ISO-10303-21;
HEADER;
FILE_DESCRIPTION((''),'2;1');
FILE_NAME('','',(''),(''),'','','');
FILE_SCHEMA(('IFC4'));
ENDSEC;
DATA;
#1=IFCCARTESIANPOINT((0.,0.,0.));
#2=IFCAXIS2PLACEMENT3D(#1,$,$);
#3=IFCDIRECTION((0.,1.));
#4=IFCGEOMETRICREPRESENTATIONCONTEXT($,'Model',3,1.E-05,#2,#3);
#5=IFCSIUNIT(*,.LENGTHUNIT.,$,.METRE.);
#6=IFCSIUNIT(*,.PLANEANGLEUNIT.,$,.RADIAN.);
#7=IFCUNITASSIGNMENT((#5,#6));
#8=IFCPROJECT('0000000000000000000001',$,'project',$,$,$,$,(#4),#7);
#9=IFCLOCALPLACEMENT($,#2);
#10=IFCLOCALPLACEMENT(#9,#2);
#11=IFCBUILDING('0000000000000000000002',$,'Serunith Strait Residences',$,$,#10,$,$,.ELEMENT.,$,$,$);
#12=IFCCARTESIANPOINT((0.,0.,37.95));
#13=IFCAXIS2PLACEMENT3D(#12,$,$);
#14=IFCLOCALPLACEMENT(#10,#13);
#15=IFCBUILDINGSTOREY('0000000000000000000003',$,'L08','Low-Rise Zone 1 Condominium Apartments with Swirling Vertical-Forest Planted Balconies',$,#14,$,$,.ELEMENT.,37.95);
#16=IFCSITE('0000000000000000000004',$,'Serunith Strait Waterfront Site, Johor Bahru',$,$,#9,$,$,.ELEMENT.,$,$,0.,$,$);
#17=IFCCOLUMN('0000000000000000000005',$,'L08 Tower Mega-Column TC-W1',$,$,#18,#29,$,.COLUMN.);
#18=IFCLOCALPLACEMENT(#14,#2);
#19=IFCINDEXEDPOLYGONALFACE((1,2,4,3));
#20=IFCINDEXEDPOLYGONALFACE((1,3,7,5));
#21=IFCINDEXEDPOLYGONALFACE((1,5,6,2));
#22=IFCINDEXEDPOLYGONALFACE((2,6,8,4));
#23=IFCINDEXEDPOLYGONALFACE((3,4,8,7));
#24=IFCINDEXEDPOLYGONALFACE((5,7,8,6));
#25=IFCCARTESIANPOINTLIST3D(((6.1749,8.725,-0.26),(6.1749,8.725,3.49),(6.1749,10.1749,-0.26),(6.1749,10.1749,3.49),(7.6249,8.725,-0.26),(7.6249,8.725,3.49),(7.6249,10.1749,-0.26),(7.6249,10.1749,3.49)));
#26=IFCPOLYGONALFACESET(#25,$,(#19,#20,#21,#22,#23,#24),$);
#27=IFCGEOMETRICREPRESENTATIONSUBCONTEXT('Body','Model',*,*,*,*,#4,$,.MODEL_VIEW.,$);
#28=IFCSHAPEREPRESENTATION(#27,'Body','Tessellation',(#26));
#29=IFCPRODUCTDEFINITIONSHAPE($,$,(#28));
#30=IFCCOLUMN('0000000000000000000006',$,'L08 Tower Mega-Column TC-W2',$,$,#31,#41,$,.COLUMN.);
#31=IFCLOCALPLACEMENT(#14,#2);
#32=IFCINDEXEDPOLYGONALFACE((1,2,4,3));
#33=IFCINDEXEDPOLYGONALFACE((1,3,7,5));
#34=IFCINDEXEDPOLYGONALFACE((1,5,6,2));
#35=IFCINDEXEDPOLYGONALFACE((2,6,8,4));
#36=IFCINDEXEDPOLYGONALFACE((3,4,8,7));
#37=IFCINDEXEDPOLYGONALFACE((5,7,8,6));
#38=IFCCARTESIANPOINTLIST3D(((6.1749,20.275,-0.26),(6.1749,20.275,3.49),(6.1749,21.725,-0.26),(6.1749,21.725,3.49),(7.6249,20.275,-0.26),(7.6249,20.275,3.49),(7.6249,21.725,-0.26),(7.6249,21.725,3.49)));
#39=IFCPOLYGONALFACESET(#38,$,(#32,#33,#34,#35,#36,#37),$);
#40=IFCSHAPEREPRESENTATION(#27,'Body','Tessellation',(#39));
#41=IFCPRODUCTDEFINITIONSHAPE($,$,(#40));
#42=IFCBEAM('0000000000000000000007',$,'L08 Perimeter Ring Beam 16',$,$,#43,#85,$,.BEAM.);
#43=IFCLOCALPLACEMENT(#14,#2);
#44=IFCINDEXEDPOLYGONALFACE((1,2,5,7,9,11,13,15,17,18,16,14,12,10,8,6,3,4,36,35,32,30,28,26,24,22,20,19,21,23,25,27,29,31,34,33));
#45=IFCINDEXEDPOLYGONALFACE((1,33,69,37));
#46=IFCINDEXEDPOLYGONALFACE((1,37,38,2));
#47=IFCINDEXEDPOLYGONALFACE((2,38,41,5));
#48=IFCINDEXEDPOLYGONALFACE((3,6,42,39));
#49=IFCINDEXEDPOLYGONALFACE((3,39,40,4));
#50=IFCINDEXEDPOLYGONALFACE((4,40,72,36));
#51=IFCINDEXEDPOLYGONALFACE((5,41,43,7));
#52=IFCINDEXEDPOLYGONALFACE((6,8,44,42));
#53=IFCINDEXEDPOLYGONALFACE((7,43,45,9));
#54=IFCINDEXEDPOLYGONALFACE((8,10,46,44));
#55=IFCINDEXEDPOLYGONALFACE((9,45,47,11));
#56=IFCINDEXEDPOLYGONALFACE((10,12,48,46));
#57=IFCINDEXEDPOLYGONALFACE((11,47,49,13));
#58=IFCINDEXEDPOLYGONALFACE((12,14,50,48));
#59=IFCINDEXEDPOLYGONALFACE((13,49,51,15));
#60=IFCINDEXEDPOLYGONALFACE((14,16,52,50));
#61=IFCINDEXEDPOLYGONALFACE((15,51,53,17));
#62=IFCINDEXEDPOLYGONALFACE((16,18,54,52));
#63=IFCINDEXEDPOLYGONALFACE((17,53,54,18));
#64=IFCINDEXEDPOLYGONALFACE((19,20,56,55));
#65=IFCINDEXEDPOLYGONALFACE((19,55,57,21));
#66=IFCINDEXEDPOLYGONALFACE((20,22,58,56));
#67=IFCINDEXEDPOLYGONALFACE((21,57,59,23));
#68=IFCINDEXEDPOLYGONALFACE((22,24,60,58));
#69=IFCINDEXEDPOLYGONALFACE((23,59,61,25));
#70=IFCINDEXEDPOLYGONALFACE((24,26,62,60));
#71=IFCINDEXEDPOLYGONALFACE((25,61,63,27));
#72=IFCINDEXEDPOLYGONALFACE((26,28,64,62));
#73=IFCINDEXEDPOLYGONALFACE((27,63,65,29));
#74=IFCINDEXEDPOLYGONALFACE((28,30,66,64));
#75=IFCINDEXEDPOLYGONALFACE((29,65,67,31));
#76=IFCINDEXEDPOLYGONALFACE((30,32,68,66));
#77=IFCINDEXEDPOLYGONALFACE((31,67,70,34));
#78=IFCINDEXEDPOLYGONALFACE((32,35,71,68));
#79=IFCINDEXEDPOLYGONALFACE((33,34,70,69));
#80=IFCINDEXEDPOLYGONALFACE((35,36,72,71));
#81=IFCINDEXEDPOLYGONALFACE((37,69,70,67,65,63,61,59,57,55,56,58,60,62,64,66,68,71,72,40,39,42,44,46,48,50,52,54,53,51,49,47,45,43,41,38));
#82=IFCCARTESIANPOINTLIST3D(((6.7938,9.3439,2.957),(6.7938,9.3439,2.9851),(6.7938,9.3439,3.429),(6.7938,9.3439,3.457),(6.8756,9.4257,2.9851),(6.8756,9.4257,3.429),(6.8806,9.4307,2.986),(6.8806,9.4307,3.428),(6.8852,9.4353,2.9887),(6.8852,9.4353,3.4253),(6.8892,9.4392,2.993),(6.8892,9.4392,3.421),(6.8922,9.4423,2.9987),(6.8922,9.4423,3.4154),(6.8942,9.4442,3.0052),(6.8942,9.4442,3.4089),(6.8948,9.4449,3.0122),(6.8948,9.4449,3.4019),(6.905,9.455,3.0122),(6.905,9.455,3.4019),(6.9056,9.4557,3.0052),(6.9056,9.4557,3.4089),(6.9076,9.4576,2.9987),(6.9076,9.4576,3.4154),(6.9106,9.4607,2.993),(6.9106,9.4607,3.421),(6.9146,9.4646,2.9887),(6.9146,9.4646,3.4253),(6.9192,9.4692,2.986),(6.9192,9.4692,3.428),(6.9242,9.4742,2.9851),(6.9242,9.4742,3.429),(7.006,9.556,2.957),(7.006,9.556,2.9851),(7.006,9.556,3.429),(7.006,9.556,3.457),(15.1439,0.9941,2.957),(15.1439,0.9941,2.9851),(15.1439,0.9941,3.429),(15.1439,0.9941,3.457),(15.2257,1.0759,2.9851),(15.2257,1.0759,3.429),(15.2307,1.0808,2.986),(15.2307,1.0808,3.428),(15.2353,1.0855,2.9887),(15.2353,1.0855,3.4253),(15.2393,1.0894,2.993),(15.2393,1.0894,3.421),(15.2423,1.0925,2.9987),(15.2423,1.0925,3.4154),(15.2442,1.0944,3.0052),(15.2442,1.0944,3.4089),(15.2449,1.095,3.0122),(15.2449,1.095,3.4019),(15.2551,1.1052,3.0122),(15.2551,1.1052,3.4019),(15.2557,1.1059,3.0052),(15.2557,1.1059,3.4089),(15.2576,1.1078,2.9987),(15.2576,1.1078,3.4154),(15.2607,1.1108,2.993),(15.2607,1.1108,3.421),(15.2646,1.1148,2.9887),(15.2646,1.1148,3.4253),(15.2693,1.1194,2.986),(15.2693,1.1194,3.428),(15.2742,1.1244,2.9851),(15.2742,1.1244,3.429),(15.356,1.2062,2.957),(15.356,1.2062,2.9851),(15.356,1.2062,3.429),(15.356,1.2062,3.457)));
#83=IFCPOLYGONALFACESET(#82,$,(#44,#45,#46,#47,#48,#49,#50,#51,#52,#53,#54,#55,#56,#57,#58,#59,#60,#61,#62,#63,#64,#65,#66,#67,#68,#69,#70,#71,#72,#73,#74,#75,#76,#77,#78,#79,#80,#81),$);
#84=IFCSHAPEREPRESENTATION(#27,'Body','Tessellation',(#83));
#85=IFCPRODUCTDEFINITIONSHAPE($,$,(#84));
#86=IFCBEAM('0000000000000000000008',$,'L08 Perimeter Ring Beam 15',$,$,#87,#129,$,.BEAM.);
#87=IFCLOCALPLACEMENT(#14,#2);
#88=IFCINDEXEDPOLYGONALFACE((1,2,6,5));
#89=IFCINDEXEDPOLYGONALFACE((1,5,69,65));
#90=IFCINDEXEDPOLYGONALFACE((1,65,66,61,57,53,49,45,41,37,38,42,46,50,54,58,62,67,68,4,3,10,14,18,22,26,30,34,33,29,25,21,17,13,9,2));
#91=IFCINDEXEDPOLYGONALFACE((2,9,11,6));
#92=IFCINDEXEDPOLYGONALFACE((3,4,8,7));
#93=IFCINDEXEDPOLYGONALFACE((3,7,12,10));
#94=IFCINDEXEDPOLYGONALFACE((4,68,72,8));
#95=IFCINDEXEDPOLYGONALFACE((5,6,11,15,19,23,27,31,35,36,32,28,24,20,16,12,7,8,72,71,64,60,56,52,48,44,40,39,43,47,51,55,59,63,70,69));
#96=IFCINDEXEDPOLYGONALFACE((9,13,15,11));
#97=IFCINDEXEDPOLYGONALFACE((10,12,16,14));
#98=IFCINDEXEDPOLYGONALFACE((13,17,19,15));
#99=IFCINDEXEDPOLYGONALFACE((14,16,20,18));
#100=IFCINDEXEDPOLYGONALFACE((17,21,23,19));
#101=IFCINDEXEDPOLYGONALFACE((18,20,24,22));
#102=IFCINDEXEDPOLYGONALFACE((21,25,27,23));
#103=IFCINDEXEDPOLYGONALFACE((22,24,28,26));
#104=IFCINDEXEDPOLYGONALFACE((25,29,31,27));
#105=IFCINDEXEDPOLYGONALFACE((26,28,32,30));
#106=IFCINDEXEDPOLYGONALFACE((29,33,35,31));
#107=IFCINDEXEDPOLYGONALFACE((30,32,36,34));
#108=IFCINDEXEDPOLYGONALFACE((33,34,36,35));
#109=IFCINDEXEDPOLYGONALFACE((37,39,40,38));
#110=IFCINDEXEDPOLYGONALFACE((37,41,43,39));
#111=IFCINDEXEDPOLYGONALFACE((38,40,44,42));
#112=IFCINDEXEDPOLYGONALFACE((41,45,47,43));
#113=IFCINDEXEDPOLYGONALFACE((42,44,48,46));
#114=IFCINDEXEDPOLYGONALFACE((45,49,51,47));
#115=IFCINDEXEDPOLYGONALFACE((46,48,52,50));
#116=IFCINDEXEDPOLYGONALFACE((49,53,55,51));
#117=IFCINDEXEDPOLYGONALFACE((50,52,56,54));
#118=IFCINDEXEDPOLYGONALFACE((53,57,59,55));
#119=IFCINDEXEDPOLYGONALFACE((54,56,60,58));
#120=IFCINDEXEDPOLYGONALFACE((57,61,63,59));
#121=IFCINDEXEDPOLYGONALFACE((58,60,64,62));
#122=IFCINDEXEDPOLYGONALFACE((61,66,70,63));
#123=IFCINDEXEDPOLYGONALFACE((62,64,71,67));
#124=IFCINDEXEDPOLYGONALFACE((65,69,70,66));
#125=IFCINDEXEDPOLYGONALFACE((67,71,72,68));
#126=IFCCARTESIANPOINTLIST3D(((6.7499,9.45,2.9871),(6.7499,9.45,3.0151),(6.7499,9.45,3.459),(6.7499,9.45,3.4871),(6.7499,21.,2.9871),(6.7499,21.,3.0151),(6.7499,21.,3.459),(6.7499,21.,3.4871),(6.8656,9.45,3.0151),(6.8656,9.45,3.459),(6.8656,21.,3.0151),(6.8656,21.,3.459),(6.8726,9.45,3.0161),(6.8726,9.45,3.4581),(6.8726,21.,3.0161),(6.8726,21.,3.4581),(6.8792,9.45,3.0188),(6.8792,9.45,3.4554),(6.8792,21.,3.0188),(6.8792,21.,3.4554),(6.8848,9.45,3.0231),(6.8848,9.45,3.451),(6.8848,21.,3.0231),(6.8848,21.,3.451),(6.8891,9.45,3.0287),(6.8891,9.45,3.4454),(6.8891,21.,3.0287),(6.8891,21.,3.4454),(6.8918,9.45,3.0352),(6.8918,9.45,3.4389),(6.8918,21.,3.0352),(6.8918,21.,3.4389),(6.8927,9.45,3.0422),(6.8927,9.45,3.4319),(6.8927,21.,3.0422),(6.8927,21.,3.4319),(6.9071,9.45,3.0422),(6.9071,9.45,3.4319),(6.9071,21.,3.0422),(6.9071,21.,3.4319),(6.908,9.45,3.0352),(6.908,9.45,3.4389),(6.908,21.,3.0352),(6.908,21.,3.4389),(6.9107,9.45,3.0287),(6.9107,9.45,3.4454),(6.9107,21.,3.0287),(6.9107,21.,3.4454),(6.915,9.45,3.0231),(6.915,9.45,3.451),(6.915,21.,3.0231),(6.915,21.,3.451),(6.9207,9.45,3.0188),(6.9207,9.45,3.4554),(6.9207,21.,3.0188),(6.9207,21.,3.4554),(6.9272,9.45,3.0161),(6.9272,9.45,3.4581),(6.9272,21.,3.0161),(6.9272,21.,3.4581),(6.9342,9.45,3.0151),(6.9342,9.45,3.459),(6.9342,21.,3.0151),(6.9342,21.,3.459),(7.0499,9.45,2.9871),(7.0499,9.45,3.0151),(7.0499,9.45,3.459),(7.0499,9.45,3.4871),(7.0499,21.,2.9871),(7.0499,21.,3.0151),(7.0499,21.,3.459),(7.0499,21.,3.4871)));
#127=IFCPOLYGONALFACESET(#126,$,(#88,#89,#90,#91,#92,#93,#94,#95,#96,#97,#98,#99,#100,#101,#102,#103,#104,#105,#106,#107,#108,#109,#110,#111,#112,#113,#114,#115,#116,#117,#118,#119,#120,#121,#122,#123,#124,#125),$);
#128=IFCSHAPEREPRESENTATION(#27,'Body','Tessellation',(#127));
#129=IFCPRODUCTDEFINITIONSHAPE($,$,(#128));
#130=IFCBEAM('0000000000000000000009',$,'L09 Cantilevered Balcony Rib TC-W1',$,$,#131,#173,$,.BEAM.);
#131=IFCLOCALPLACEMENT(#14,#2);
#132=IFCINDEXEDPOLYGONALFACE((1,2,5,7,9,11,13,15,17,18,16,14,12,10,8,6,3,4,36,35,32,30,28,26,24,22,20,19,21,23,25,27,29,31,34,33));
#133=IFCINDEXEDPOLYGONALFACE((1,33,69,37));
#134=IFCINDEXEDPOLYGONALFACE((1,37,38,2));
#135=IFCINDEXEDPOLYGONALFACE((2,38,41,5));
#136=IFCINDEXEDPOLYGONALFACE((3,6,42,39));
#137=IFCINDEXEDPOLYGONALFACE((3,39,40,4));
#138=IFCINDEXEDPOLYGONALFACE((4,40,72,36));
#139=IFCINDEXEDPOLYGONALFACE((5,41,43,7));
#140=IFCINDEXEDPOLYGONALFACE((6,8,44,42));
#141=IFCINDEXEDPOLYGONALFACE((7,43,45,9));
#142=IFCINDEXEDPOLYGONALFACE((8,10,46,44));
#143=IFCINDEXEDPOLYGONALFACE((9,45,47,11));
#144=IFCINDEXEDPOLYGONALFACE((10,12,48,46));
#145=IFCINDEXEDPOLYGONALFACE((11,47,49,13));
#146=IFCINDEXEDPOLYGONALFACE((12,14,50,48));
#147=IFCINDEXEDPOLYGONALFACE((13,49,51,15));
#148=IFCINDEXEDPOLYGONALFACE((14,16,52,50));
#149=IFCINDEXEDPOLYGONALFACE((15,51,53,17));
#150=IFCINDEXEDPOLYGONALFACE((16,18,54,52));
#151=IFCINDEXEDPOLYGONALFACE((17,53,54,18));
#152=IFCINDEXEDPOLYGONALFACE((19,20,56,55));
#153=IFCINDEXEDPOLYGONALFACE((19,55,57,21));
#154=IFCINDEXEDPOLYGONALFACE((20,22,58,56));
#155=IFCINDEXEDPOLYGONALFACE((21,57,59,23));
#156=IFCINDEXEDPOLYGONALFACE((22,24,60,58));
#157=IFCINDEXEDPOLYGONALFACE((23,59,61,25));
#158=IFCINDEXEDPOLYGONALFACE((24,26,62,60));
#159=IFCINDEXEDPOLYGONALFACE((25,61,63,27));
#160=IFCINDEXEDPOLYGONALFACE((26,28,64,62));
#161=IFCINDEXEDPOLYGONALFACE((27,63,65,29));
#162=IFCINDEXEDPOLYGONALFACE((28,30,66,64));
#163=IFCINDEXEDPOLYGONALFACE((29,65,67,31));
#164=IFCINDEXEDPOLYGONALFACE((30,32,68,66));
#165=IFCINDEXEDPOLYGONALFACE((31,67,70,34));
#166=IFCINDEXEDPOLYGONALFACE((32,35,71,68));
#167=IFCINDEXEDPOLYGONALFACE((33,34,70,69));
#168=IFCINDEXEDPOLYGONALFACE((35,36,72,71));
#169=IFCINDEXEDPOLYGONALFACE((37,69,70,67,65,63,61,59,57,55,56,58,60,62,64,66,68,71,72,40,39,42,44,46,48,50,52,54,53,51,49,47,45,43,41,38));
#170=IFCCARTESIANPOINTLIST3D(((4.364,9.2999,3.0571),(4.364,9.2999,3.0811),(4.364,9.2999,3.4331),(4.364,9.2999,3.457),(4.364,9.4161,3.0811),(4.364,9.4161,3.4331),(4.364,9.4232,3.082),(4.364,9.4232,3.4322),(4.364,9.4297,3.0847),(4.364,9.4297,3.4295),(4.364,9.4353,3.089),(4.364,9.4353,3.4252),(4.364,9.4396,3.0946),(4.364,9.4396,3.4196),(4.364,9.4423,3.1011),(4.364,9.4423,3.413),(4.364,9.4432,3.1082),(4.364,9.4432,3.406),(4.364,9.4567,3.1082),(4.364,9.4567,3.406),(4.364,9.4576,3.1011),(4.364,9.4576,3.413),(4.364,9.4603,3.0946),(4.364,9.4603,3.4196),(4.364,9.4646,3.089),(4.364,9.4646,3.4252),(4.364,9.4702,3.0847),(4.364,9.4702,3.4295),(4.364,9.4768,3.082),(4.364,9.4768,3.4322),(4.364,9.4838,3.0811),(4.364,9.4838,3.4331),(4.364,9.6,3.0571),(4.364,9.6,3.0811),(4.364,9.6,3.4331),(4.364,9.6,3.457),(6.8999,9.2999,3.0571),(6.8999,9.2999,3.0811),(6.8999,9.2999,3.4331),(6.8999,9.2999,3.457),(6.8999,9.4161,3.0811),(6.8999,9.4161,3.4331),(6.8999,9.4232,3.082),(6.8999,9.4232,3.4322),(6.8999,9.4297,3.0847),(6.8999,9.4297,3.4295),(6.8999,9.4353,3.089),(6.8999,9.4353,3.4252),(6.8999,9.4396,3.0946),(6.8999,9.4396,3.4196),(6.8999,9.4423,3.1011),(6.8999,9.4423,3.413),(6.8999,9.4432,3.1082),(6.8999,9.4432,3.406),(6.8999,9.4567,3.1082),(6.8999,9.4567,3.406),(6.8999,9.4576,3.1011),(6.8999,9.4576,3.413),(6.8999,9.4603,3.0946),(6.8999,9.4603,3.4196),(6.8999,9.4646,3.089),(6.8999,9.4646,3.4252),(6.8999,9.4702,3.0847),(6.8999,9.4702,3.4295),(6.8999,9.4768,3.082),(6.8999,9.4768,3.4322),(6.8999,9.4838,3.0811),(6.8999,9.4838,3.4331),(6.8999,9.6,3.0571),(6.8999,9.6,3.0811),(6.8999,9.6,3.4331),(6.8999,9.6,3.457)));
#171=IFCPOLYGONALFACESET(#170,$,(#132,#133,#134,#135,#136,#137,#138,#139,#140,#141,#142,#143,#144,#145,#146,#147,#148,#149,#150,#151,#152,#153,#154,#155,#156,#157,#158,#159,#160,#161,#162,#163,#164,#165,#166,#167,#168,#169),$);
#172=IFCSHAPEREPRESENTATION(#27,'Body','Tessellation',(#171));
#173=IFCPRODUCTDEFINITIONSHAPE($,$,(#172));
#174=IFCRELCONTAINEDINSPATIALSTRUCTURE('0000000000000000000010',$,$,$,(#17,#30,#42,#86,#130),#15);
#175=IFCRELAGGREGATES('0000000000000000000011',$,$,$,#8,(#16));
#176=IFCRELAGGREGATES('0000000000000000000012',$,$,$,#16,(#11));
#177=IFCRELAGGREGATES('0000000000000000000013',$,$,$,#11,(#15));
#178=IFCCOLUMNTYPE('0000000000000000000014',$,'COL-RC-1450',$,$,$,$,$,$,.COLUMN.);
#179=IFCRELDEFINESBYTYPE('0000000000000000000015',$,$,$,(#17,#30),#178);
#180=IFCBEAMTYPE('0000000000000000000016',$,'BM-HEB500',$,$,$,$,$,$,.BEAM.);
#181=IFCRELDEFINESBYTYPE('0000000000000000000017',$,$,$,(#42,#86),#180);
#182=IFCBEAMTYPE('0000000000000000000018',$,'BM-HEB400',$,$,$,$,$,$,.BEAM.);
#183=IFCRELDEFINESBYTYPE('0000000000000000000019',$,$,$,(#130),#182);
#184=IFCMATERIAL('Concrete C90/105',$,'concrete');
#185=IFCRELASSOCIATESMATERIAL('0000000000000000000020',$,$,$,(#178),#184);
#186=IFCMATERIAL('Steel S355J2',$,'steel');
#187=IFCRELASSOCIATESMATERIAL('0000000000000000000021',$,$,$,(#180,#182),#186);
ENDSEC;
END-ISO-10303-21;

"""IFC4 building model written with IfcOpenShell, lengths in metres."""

from ifc_helpers import new_model, si_unit, direction, frame, origin, origin_2d, place, context, subcontext, project, spatial, rectangle, i_section, extrude, source, transform, mapped, material, material_profile, profile_set, type_object, element, save


model = new_model("IFC4")

# Units and contexts
model_context = context("Model", 3, precision=1e-05, world=origin(), true_north=direction((0.0, 1.0)))
body_context = subcontext(model_context, "Body", "Model", "MODEL_VIEW")
ifc_project = project(units=[si_unit("LENGTHUNIT", "METRE"), si_unit("PLANEANGLEUNIT", "RADIAN")], contexts=[model_context])

# Site, building, storey
site_placement = place(None, origin())
site = spatial("IfcSite", under=ifc_project, at=site_placement, Name="Serunith Strait Waterfront Site, Johor Bahru", CompositionType="ELEMENT", RefElevation=0.0)
building_placement = place(site_placement, origin())
building = spatial("IfcBuilding", under=site, at=building_placement, Name="Serunith Strait Residences", CompositionType="ELEMENT")
storey_placement = place(building_placement, frame((0.0, 0.0, 37.95)))
storey = spatial("IfcBuildingStorey", under=building, at=storey_placement, Name="L08", Description="Low-Rise Zone 1 Condominium Apartments with Swirling Vertical-Forest Planted Balconies", CompositionType="ELEMENT", Elevation=37.95)

# Columns
ifc_material_1 = material(Name="Concrete C90/105", Category="concrete")
ifc_material_profile_1 = material_profile(ifc_material_1, rectangle(XDim=1.45, YDim=1.45, at=origin_2d()), Name="RC 1450x1450")
ifc_profile_set_1 = profile_set([ifc_material_profile_1], Name="Concrete C90/105")
column_type = type_object("IfcColumnType", Name="COL-RC-1450", PredefinedType="COLUMN", material=ifc_profile_set_1)
shared_shape_1 = source(origin(), body_context, "Body", "SweptSolid", [
    extrude(rectangle(XDim=1.45, YDim=1.45, at=origin_2d()), origin(), (0.0, 0.0, 1.0), 3.75),
])
for number, where, z_axis, x_axis, name in (
    (1, (6.8999, 9.45, -0.26), (0.0, 0.0, 1.0), (1.0, 0.0, 0.0), "L08 Tower Mega-Column TC-W1"),
    (2, (6.8999, 21.0, -0.26), (0.0, 0.0, 1.0), (1.0, 0.0, 0.0), "L08 Tower Mega-Column TC-W2"),
):
    element("IfcColumn", number, at=place(storey_placement, frame(where, z_axis=z_axis, x_axis=x_axis)), inside=storey, type_object=column_type, Name=name, PredefinedType="COLUMN", context=body_context, shape_type="MappedRepresentation", body=[
        mapped(shared_shape_1, transform((0.0, 0.0, 0.0), scale=1.0)),
    ])

# Beams
ifc_material_2 = material(Name="Steel S355J2", Category="steel")
ifc_material_profile_2 = material_profile(ifc_material_2, i_section(OverallWidth=0.3, OverallDepth=0.5, WebThickness=0.0144, FlangeThickness=0.0281, FilletRadius=0.0271, at=origin_2d()), Name="HEB 500")
ifc_profile_set_2 = profile_set([ifc_material_profile_2], Name="Steel S355J2")
beam_type_1 = type_object("IfcBeamType", Name="BM-HEB500", PredefinedType="BEAM", material=ifc_profile_set_2)
shared_shape_2 = source(origin(), body_context, "Body", "SweptSolid", [
    extrude(i_section(OverallWidth=0.3, OverallDepth=0.5, WebThickness=0.0144, FlangeThickness=0.0281, FilletRadius=0.0271, at=origin_2d()), origin(), (0.0, 0.0, 1.0), 11.8086),
])
beam_1_placement = place(storey_placement, frame((6.8999, 9.45, 3.207), z_axis=(0.707117, -0.707096, 0.0), x_axis=(0.707096, 0.707117, 0.0)))
element("IfcBeam", 3, at=beam_1_placement, inside=storey, type_object=beam_type_1, Name="L08 Perimeter Ring Beam 16", PredefinedType="BEAM", context=body_context, shape_type="MappedRepresentation", body=[
    mapped(shared_shape_2, transform((0.0, 0.0, 0.0), scale=1.0)),
])
shared_shape_3 = source(origin(), body_context, "Body", "SweptSolid", [
    extrude(i_section(OverallWidth=0.3, OverallDepth=0.5, WebThickness=0.0144, FlangeThickness=0.0281, FilletRadius=0.0271, at=origin_2d()), origin(), (0.0, 0.0, 1.0), 11.55),
])
beam_2_placement = place(storey_placement, frame((6.8999, 21.0, 3.2371), z_axis=(0.0, -1.0, 0.0), x_axis=(1.0, 0.0, 0.0)))
element("IfcBeam", 4, at=beam_2_placement, inside=storey, type_object=beam_type_1, Name="L08 Perimeter Ring Beam 15", PredefinedType="BEAM", context=body_context, shape_type="MappedRepresentation", body=[
    mapped(shared_shape_3, transform((0.0, 0.0, 0.0), scale=1.0)),
])
ifc_material_profile_3 = material_profile(ifc_material_2, i_section(OverallWidth=0.3, OverallDepth=0.3999, WebThickness=0.0134, FlangeThickness=0.0239, FilletRadius=0.0271, at=origin_2d()), Name="HEB 400")
ifc_profile_set_3 = profile_set([ifc_material_profile_3], Name="Steel S355J2")
beam_type_2 = type_object("IfcBeamType", Name="BM-HEB400", PredefinedType="BEAM", material=ifc_profile_set_3)
shared_shape_4 = source(origin(), body_context, "Body", "SweptSolid", [
    extrude(i_section(OverallWidth=0.3, OverallDepth=0.3999, WebThickness=0.0134, FlangeThickness=0.0239, FilletRadius=0.0271, at=origin_2d()), origin(), (0.0, 0.0, 1.0), 2.5359),
])
beam_3_placement = place(storey_placement, frame((6.8999, 9.45, 3.2571), z_axis=(-1.0, 0.0, 0.0), x_axis=(0.0, -1.0, 0.0)))
element("IfcBeam", 5, at=beam_3_placement, inside=storey, type_object=beam_type_2, Name="L09 Cantilevered Balcony Rib TC-W1", PredefinedType="BEAM", context=body_context, shape_type="MappedRepresentation", body=[
    mapped(shared_shape_4, transform((0.0, 0.0, 0.0), scale=1.0)),
])

save(model, "model.ifc")
